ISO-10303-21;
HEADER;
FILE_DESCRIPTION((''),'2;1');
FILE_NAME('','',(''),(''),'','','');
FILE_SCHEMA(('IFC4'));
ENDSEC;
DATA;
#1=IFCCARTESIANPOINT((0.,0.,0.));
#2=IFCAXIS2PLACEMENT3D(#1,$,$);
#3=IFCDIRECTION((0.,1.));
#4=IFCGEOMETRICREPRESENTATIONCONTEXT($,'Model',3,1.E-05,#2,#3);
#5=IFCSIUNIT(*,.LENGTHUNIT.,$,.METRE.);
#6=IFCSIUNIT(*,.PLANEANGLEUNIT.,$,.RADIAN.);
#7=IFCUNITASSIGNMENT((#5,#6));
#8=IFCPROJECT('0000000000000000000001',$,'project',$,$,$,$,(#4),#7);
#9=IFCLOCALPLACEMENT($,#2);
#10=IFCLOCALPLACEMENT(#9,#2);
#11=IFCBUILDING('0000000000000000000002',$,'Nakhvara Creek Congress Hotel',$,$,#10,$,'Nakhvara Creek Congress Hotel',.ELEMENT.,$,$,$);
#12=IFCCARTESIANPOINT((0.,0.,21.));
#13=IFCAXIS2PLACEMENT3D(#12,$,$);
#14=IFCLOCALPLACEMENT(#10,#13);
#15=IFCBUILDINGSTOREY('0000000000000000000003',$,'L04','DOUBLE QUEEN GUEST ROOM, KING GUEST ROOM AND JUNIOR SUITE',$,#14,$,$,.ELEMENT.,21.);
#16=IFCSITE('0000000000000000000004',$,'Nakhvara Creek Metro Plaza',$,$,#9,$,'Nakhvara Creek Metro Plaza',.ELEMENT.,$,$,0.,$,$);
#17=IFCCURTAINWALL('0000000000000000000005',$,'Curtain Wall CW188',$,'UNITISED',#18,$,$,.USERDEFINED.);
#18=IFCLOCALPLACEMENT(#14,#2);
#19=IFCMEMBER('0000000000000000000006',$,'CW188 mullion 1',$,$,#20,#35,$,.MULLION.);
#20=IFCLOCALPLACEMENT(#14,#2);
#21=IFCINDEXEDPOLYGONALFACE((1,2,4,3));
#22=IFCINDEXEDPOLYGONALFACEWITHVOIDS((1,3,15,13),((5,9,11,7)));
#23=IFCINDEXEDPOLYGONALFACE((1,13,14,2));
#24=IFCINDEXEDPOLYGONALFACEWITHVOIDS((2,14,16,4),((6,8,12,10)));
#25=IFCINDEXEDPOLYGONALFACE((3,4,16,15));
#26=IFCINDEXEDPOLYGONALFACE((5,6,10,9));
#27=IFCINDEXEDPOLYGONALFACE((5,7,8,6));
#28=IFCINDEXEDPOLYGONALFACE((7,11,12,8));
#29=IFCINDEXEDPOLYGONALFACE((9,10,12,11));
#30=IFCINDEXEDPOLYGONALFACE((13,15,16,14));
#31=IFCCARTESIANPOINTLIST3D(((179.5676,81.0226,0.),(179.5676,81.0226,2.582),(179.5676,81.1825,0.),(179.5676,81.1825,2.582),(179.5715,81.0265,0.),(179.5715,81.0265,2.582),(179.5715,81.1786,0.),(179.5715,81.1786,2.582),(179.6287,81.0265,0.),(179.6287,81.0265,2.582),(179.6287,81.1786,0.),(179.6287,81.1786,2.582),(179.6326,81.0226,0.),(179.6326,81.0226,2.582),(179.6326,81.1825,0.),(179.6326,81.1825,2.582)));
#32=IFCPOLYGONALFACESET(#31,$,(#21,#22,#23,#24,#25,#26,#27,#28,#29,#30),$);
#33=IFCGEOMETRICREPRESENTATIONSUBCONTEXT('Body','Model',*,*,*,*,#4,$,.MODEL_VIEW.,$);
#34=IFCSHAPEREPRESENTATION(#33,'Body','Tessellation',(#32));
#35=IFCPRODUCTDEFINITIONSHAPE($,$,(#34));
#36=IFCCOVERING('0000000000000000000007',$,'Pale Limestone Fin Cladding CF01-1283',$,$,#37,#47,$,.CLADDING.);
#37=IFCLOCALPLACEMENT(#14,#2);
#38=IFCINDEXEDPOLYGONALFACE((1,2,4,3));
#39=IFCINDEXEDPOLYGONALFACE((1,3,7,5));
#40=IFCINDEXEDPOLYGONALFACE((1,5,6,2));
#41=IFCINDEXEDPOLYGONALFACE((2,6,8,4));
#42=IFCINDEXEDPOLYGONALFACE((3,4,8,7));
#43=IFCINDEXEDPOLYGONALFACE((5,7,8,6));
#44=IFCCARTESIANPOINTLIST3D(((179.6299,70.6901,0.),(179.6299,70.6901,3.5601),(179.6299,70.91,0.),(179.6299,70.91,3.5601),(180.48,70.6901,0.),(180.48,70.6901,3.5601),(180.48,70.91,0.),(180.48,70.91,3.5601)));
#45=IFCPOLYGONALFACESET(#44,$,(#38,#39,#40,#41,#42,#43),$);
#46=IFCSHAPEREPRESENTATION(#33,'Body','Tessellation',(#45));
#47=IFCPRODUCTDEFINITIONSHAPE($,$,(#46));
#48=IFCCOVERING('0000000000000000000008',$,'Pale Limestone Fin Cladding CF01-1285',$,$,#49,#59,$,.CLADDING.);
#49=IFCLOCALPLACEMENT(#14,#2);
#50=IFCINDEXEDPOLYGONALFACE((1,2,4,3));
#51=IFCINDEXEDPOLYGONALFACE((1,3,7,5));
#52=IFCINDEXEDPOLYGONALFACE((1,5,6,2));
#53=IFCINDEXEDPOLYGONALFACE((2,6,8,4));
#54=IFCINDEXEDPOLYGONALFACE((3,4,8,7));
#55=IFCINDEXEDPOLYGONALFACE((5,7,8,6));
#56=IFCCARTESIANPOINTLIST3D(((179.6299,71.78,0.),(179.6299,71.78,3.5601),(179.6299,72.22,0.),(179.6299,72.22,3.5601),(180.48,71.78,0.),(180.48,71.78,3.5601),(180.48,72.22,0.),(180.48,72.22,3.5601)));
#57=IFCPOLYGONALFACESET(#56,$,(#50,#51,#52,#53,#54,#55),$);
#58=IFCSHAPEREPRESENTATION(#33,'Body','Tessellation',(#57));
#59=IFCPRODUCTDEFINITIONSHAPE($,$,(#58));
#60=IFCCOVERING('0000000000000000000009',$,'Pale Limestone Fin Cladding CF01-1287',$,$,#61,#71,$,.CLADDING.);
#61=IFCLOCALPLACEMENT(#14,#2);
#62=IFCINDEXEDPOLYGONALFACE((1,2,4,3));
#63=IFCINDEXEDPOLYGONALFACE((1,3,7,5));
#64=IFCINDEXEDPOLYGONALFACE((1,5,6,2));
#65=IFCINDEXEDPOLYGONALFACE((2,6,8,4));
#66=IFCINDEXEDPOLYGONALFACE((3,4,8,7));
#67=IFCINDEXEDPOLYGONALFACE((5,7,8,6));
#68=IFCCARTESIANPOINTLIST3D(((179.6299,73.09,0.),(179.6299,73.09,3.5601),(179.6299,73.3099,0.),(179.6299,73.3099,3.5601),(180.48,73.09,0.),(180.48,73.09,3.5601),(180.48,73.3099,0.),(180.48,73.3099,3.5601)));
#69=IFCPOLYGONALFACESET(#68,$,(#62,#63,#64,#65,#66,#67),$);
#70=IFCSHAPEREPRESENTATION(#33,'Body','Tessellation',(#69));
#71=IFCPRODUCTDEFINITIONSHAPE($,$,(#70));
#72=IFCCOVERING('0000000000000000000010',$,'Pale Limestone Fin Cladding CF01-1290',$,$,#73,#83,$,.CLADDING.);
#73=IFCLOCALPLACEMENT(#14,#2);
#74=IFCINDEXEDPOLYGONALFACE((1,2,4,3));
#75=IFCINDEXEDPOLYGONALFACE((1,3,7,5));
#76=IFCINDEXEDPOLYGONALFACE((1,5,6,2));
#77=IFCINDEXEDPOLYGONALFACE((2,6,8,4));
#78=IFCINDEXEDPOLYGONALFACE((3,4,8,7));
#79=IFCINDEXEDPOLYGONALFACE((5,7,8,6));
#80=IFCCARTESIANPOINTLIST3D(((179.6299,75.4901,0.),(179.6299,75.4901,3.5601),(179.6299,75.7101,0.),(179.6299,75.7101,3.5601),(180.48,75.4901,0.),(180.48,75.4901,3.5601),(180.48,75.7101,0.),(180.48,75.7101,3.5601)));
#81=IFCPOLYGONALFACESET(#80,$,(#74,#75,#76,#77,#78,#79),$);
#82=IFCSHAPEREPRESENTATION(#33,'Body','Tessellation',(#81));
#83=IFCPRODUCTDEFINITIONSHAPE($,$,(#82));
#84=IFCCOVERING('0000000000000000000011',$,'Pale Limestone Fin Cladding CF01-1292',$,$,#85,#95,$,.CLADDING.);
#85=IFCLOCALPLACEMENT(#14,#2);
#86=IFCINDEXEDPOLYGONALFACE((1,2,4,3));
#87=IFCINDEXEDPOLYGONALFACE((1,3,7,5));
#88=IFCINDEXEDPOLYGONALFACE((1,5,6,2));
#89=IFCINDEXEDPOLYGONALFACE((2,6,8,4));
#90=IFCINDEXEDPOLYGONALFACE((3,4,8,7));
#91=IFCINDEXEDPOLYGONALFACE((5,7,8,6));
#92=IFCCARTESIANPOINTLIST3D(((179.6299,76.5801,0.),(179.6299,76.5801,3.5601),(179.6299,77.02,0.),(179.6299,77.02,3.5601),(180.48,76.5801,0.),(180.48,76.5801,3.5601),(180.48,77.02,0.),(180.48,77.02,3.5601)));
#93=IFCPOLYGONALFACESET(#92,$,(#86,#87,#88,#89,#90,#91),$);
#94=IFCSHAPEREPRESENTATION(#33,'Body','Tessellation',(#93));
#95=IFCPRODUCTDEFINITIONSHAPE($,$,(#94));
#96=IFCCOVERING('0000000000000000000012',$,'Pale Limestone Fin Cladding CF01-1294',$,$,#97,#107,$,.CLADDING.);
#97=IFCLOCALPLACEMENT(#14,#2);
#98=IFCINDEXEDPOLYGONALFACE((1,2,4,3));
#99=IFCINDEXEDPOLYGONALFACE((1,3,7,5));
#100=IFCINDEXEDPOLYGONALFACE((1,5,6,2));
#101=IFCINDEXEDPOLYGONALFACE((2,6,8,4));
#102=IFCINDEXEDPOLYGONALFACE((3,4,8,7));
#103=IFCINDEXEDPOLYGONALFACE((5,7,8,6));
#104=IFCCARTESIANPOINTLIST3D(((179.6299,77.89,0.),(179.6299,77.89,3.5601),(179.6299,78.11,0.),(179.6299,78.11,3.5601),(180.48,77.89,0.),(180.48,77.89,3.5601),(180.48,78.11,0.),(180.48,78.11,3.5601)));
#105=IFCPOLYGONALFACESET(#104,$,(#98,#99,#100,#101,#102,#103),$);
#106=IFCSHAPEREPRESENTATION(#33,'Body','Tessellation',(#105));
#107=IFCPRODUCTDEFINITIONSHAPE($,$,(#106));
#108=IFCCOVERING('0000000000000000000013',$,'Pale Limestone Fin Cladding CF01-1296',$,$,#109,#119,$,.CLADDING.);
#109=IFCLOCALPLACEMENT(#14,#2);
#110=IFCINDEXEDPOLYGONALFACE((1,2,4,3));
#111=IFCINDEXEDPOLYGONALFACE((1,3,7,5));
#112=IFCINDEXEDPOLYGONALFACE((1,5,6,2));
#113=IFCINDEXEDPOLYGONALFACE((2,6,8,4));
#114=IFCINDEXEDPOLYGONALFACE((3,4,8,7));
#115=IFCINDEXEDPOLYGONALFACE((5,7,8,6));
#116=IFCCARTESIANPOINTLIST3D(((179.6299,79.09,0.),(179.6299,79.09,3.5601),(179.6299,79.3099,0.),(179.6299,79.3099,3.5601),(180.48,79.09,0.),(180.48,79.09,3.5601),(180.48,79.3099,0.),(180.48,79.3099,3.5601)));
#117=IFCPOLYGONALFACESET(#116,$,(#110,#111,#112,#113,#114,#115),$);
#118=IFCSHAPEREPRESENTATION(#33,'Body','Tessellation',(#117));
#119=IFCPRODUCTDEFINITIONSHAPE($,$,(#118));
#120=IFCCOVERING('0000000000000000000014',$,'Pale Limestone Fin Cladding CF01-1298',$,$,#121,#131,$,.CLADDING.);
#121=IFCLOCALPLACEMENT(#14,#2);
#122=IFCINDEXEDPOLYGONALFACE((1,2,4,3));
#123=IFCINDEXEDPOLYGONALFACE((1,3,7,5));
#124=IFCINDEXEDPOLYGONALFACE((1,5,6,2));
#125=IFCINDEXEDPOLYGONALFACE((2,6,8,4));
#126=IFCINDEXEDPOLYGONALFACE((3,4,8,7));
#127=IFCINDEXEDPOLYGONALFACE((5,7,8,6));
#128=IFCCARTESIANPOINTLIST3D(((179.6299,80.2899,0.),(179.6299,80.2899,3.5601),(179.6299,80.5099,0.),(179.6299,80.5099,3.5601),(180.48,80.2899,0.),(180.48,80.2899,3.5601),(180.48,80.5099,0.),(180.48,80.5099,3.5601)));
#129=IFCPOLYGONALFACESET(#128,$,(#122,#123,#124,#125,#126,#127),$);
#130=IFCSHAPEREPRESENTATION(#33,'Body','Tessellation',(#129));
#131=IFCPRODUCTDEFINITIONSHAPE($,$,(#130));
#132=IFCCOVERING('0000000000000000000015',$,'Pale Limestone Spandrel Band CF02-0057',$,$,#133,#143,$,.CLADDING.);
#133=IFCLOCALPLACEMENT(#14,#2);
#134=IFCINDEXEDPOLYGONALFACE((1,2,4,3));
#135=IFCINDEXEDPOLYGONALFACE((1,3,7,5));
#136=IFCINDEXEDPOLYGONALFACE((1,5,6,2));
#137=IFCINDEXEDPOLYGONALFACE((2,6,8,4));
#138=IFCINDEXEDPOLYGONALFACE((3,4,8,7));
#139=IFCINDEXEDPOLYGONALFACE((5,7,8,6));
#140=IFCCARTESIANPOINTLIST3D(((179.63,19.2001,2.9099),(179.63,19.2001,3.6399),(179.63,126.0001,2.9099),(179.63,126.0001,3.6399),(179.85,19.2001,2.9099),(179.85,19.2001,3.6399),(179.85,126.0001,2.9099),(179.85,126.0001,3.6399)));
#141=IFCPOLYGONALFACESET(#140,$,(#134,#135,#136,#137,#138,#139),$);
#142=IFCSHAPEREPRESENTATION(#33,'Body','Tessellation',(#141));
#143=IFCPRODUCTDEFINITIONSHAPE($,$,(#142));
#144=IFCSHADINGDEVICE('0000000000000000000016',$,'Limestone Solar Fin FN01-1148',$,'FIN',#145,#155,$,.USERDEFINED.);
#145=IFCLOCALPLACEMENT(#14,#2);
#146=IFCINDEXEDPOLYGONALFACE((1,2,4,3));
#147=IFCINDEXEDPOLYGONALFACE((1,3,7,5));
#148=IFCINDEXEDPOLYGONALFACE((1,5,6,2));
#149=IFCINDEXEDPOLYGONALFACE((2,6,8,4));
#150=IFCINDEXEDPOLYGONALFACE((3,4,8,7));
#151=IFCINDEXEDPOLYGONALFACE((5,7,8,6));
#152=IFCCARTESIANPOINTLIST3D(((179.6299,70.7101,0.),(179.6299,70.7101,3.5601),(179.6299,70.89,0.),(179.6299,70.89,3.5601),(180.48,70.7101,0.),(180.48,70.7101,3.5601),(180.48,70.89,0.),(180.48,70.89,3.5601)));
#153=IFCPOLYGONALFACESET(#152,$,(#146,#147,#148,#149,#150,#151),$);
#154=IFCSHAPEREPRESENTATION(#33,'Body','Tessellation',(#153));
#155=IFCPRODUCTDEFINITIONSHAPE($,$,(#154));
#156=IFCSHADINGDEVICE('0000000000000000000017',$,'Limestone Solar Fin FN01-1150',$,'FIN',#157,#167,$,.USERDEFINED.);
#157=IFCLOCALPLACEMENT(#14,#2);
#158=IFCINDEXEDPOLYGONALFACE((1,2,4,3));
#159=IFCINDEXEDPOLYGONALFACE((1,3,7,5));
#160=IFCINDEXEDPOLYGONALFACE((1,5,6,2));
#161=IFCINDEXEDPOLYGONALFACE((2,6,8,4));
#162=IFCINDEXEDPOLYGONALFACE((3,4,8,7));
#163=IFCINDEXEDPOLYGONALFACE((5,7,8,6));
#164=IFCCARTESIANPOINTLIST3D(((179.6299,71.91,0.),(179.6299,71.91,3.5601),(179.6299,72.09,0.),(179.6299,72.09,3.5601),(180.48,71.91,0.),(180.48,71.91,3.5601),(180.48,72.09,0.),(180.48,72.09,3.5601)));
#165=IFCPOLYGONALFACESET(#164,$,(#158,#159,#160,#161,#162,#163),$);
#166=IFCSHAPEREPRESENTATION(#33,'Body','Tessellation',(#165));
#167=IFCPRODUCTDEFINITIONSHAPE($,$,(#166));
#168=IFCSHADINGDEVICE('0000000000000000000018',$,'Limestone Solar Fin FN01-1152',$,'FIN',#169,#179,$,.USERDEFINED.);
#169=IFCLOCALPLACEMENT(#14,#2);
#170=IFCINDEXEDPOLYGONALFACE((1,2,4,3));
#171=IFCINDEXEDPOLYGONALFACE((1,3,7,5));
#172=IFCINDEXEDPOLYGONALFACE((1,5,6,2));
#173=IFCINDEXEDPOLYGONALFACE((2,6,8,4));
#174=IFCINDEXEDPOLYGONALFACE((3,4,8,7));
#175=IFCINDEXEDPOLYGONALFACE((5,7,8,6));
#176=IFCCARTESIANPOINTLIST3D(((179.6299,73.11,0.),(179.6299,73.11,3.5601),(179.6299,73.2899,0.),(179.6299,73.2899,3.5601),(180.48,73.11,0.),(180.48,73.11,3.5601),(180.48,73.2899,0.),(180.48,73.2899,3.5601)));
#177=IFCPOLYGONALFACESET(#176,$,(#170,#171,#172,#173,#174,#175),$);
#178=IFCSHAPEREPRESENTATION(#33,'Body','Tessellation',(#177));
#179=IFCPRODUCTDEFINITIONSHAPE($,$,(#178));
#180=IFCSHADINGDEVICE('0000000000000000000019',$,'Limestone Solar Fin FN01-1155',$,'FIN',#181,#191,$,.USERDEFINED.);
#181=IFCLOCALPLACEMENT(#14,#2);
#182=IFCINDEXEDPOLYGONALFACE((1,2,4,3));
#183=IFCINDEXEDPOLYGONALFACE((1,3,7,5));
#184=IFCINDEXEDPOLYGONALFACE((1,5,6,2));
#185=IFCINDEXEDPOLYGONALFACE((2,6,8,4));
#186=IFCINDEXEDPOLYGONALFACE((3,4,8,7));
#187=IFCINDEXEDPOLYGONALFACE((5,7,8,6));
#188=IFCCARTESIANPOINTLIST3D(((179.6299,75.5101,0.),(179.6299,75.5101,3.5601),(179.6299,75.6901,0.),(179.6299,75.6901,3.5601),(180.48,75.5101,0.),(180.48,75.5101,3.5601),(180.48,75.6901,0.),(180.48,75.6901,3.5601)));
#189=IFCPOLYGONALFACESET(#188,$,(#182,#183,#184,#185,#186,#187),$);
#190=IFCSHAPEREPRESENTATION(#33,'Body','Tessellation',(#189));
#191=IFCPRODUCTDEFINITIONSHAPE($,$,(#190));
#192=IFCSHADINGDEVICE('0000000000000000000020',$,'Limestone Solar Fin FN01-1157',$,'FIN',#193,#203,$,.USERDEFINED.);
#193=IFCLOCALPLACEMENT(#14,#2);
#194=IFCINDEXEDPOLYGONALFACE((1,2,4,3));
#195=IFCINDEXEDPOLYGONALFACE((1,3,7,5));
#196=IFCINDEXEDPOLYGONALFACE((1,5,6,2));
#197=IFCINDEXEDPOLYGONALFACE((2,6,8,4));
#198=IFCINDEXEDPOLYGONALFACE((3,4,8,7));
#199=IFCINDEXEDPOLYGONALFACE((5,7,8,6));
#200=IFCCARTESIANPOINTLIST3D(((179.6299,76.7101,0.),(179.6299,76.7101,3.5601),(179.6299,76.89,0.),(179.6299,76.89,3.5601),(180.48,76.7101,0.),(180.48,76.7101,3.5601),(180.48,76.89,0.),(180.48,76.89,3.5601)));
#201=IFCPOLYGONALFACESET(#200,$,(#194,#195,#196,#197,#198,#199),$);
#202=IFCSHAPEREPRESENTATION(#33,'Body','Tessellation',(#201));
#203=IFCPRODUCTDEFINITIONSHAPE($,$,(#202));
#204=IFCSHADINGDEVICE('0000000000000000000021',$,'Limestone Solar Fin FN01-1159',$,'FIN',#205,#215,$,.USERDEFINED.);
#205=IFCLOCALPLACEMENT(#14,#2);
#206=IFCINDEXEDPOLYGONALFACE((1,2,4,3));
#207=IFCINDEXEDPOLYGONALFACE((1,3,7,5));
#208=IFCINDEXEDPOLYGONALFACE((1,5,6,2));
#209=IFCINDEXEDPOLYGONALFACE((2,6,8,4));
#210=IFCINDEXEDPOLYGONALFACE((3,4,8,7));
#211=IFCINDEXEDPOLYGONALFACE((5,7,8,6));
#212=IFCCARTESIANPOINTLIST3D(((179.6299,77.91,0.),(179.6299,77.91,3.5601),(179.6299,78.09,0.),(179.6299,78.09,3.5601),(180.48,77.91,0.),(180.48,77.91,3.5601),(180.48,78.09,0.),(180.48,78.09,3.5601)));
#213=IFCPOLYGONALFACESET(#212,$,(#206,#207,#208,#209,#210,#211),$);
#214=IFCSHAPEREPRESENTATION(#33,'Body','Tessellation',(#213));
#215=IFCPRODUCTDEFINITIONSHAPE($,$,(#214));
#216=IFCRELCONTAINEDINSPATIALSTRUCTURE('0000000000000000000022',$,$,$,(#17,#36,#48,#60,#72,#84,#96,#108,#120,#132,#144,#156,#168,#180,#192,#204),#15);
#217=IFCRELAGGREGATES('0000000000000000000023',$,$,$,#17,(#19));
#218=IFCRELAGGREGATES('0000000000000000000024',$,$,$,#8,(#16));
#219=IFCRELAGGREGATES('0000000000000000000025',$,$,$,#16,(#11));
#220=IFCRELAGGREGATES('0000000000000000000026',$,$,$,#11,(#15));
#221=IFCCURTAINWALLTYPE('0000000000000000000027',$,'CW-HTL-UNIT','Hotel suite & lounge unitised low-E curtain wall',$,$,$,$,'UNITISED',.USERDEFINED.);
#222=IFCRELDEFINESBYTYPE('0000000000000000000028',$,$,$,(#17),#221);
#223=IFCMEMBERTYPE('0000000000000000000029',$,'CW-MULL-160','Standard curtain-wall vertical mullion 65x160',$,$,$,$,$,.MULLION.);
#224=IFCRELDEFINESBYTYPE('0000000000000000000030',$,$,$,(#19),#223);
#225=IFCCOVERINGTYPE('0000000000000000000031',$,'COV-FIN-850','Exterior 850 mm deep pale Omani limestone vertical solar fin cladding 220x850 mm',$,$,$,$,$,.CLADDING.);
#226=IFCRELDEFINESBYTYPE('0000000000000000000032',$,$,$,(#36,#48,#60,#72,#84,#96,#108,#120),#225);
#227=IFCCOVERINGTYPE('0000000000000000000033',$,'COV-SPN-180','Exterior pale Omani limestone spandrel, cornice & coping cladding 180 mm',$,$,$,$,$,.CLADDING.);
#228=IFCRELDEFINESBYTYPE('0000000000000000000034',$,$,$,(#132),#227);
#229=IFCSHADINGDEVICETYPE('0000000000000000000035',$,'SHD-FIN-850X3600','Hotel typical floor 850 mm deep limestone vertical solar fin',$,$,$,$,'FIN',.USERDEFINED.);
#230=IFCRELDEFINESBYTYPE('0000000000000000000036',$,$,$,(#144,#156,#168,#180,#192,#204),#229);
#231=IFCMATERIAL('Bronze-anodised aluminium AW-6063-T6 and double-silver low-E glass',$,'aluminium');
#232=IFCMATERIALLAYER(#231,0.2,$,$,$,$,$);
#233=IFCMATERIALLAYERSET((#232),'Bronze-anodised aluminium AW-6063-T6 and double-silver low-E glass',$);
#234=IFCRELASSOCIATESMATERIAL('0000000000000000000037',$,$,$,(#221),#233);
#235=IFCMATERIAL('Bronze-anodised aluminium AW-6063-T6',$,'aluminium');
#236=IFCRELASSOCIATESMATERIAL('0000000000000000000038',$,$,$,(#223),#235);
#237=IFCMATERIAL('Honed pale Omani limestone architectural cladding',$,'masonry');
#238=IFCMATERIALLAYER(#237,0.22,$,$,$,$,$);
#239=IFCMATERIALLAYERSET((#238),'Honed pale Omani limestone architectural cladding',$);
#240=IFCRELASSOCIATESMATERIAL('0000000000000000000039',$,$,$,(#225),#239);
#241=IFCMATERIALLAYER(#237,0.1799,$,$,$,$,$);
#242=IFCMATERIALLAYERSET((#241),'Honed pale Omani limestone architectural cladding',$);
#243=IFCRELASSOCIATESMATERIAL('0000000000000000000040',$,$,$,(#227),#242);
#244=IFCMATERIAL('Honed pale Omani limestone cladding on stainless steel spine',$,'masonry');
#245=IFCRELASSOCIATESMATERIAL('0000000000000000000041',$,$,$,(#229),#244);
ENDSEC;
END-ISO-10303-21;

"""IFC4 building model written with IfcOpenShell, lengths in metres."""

from ifc_helpers import new_model, si_unit, direction, frame, origin, origin_2d, place, context, subcontext, project, spatial, rectangle, hollow_rectangle, extrude, material, layer, layer_set, material_profile, profile_set, type_object, element, aggregate, save


model = new_model("IFC4")

# Units and contexts
model_context = context("Model", 3, precision=1e-05, world=origin(), true_north=direction((0.0, 1.0)))
body_context = subcontext(model_context, "Body", "Model", "MODEL_VIEW")
ifc_project = project(units=[si_unit("LENGTHUNIT", "METRE"), si_unit("PLANEANGLEUNIT", "RADIAN")], contexts=[model_context])

# Site, building, storey
site_placement = place(None, origin())
site = spatial("IfcSite", under=ifc_project, at=site_placement, Name="Nakhvara Creek Metro Plaza", LongName="Nakhvara Creek Metro Plaza", CompositionType="ELEMENT", RefElevation=0.0)
building_placement = place(site_placement, origin())
building = spatial("IfcBuilding", under=site, at=building_placement, Name="Nakhvara Creek Congress Hotel", LongName="Nakhvara Creek Congress Hotel", CompositionType="ELEMENT")
storey_placement = place(building_placement, frame((0.0, 0.0, 21.0)))
storey = spatial("IfcBuildingStorey", under=building, at=storey_placement, Name="L04", Description="DOUBLE QUEEN GUEST ROOM, KING GUEST ROOM AND JUNIOR SUITE", CompositionType="ELEMENT", Elevation=21.0)

# Curtain wall, member
ifc_material_1 = material(Name="Bronze-anodised aluminium AW-6063-T6 and double-silver low-E glass", Category="aluminium")
ifc_layer_1 = layer(ifc_material_1, 0.2)
ifc_layer_set_1 = layer_set([ifc_layer_1], Name="Bronze-anodised aluminium AW-6063-T6 and double-silver low-E glass")
curtain_wall_type = type_object("IfcCurtainWallType", Name="CW-HTL-UNIT", Description="Hotel suite & lounge unitised low-E curtain wall", ElementType="UNITISED", PredefinedType="USERDEFINED", material=ifc_layer_set_1)
curtain_wall_placement = place(storey_placement, origin())
curtain_wall = element("IfcCurtainWall", 1, at=curtain_wall_placement, inside=storey, type_object=curtain_wall_type, Name="Curtain Wall CW188", ObjectType="UNITISED", PredefinedType="USERDEFINED")
ifc_material_2 = material(Name="Bronze-anodised aluminium AW-6063-T6", Category="aluminium")
ifc_material_profile = material_profile(ifc_material_2, hollow_rectangle(XDim=0.0649, YDim=0.1599, WallThickness=0.0039, at=origin_2d()), Name="ALU-MULL 65x160x4", Category="LoadBearing")
ifc_profile_set = profile_set([ifc_material_profile], Name="Bronze-anodised aluminium AW-6063-T6")
member_type = type_object("IfcMemberType", Name="CW-MULL-160", Description="Standard curtain-wall vertical mullion 65x160", PredefinedType="MULLION", material=ifc_profile_set)
member_placement = place(storey_placement, frame((179.6001, 81.1025, 0.0), z_axis=(0.0, 0.0, 1.0), x_axis=(1.0, 0.0, 0.0)))
member = element("IfcMember", 2, at=member_placement, type_object=member_type, Name="CW188 mullion 1", PredefinedType="MULLION", context=body_context, shape_type="SweptSolid", body=[
    extrude(hollow_rectangle(XDim=0.0649, YDim=0.1599, WallThickness=0.0039, at=origin_2d()), origin(), (0.0, 0.0, 1.0), 2.582),
])
aggregate(curtain_wall, [member])

# Coverings
ifc_material_3 = material(Name="Honed pale Omani limestone architectural cladding", Category="masonry")
ifc_layer_2 = layer(ifc_material_3, 0.22)
ifc_layer_set_2 = layer_set([ifc_layer_2], Name="Honed pale Omani limestone architectural cladding")
covering_type_1 = type_object("IfcCoveringType", Name="COV-FIN-850", Description="Exterior 850 mm deep pale Omani limestone vertical solar fin cladding 220x850 mm", PredefinedType="CLADDING", material=ifc_layer_set_2)
covering_1_placement = place(storey_placement, frame((180.0549, 70.8, 0.0), z_axis=(0.0, 0.0, 1.0), x_axis=(0.0, 1.0, 0.0)))
element("IfcCovering", 3, at=covering_1_placement, inside=storey, type_object=covering_type_1, Name="Pale Limestone Fin Cladding CF01-1283", PredefinedType="CLADDING", context=body_context, shape_type="SweptSolid", body=[
    extrude(rectangle(XDim=0.22, YDim=0.8501, at=origin_2d()), origin(), (0.0, 0.0, 1.0), 3.5601),
])
covering_2_placement = place(storey_placement, frame((180.0549, 72.0, 0.0), z_axis=(0.0, 0.0, 1.0), x_axis=(0.0, 1.0, 0.0)))
element("IfcCovering", 4, at=covering_2_placement, inside=storey, type_object=covering_type_1, Name="Pale Limestone Fin Cladding CF01-1285", PredefinedType="CLADDING", context=body_context, shape_type="SweptSolid", body=[
    extrude(rectangle(XDim=0.4399, YDim=0.8501, at=origin_2d()), origin(), (0.0, 0.0, 1.0), 3.5601),
])
for number, where, z_axis, x_axis, name in (
    (5, (180.0549, 73.2, 0.0), (0.0, 0.0, 1.0), (0.0, 1.0, 0.0), "Pale Limestone Fin Cladding CF01-1287"),
    (6, (180.0549, 75.6001, 0.0), (0.0, 0.0, 1.0), (0.0, 1.0, 0.0), "Pale Limestone Fin Cladding CF01-1290"),
):
    element("IfcCovering", number, at=place(storey_placement, frame(where, z_axis=z_axis, x_axis=x_axis)), inside=storey, type_object=covering_type_1, Name=name, PredefinedType="CLADDING", context=body_context, shape_type="SweptSolid", body=[
        extrude(rectangle(XDim=0.22, YDim=0.8501, at=origin_2d()), origin(), (0.0, 0.0, 1.0), 3.5601),
    ])
covering_3_placement = place(storey_placement, frame((180.0549, 76.8, 0.0), z_axis=(0.0, 0.0, 1.0), x_axis=(0.0, 1.0, 0.0)))
element("IfcCovering", 7, at=covering_3_placement, inside=storey, type_object=covering_type_1, Name="Pale Limestone Fin Cladding CF01-1292", PredefinedType="CLADDING", context=body_context, shape_type="SweptSolid", body=[
    extrude(rectangle(XDim=0.4399, YDim=0.8501, at=origin_2d()), origin(), (0.0, 0.0, 1.0), 3.5601),
])
for number, where, z_axis, x_axis, name in (
    (8, (180.0549, 78.0, 0.0), (0.0, 0.0, 1.0), (0.0, 1.0, 0.0), "Pale Limestone Fin Cladding CF01-1294"),
    (9, (180.0549, 79.2, 0.0), (0.0, 0.0, 1.0), (0.0, 1.0, 0.0), "Pale Limestone Fin Cladding CF01-1296"),
    (10, (180.0549, 80.3999, 0.0), (0.0, 0.0, 1.0), (0.0, 1.0, 0.0), "Pale Limestone Fin Cladding CF01-1298"),
):
    element("IfcCovering", number, at=place(storey_placement, frame(where, z_axis=z_axis, x_axis=x_axis)), inside=storey, type_object=covering_type_1, Name=name, PredefinedType="CLADDING", context=body_context, shape_type="SweptSolid", body=[
        extrude(rectangle(XDim=0.22, YDim=0.8501, at=origin_2d()), origin(), (0.0, 0.0, 1.0), 3.5601),
    ])
ifc_layer_3 = layer(ifc_material_3, 0.1799)
ifc_layer_set_3 = layer_set([ifc_layer_3], Name="Honed pale Omani limestone architectural cladding")
covering_type_2 = type_object("IfcCoveringType", Name="COV-SPN-180", Description="Exterior pale Omani limestone spandrel, cornice & coping cladding 180 mm", PredefinedType="CLADDING", material=ifc_layer_set_3)
covering_4_placement = place(storey_placement, frame((179.74, 72.6001, 2.9099), z_axis=(0.0, 0.0, 1.0), x_axis=(0.0, 1.0, 0.0)))
element("IfcCovering", 11, at=covering_4_placement, inside=storey, type_object=covering_type_2, Name="Pale Limestone Spandrel Band CF02-0057", PredefinedType="CLADDING", context=body_context, shape_type="SweptSolid", body=[
    extrude(rectangle(XDim=106.8, YDim=0.22, at=origin_2d()), origin(), (0.0, 0.0, 1.0), 0.73),
])

# Shading devices
ifc_material_4 = material(Name="Honed pale Omani limestone cladding on stainless steel spine", Category="masonry")
shading_device_type = type_object("IfcShadingDeviceType", Name="SHD-FIN-850X3600", Description="Hotel typical floor 850 mm deep limestone vertical solar fin", ElementType="FIN", PredefinedType="USERDEFINED", material=ifc_material_4)
for number, where, z_axis, x_axis, name in (
    (12, (180.0549, 70.8, 0.0), (0.0, 0.0, 1.0), (0.0, 1.0, 0.0), "Limestone Solar Fin FN01-1148"),
    (13, (180.0549, 72.0, 0.0), (0.0, 0.0, 1.0), (0.0, 1.0, 0.0), "Limestone Solar Fin FN01-1150"),
    (14, (180.0549, 73.2, 0.0), (0.0, 0.0, 1.0), (0.0, 1.0, 0.0), "Limestone Solar Fin FN01-1152"),
    (15, (180.0549, 75.6001, 0.0), (0.0, 0.0, 1.0), (0.0, 1.0, 0.0), "Limestone Solar Fin FN01-1155"),
    (16, (180.0549, 76.8, 0.0), (0.0, 0.0, 1.0), (0.0, 1.0, 0.0), "Limestone Solar Fin FN01-1157"),
    (17, (180.0549, 78.0, 0.0), (0.0, 0.0, 1.0), (0.0, 1.0, 0.0), "Limestone Solar Fin FN01-1159"),
):
    element("IfcShadingDevice", number, at=place(storey_placement, frame(where, z_axis=z_axis, x_axis=x_axis)), inside=storey, type_object=shading_device_type, Name=name, ObjectType="FIN", PredefinedType="USERDEFINED", context=body_context, shape_type="SweptSolid", body=[
        extrude(rectangle(XDim=0.1799, YDim=0.8501, at=origin_2d()), origin(), (0.0, 0.0, 1.0), 3.5601),
    ])

save(model, "model.ifc")
